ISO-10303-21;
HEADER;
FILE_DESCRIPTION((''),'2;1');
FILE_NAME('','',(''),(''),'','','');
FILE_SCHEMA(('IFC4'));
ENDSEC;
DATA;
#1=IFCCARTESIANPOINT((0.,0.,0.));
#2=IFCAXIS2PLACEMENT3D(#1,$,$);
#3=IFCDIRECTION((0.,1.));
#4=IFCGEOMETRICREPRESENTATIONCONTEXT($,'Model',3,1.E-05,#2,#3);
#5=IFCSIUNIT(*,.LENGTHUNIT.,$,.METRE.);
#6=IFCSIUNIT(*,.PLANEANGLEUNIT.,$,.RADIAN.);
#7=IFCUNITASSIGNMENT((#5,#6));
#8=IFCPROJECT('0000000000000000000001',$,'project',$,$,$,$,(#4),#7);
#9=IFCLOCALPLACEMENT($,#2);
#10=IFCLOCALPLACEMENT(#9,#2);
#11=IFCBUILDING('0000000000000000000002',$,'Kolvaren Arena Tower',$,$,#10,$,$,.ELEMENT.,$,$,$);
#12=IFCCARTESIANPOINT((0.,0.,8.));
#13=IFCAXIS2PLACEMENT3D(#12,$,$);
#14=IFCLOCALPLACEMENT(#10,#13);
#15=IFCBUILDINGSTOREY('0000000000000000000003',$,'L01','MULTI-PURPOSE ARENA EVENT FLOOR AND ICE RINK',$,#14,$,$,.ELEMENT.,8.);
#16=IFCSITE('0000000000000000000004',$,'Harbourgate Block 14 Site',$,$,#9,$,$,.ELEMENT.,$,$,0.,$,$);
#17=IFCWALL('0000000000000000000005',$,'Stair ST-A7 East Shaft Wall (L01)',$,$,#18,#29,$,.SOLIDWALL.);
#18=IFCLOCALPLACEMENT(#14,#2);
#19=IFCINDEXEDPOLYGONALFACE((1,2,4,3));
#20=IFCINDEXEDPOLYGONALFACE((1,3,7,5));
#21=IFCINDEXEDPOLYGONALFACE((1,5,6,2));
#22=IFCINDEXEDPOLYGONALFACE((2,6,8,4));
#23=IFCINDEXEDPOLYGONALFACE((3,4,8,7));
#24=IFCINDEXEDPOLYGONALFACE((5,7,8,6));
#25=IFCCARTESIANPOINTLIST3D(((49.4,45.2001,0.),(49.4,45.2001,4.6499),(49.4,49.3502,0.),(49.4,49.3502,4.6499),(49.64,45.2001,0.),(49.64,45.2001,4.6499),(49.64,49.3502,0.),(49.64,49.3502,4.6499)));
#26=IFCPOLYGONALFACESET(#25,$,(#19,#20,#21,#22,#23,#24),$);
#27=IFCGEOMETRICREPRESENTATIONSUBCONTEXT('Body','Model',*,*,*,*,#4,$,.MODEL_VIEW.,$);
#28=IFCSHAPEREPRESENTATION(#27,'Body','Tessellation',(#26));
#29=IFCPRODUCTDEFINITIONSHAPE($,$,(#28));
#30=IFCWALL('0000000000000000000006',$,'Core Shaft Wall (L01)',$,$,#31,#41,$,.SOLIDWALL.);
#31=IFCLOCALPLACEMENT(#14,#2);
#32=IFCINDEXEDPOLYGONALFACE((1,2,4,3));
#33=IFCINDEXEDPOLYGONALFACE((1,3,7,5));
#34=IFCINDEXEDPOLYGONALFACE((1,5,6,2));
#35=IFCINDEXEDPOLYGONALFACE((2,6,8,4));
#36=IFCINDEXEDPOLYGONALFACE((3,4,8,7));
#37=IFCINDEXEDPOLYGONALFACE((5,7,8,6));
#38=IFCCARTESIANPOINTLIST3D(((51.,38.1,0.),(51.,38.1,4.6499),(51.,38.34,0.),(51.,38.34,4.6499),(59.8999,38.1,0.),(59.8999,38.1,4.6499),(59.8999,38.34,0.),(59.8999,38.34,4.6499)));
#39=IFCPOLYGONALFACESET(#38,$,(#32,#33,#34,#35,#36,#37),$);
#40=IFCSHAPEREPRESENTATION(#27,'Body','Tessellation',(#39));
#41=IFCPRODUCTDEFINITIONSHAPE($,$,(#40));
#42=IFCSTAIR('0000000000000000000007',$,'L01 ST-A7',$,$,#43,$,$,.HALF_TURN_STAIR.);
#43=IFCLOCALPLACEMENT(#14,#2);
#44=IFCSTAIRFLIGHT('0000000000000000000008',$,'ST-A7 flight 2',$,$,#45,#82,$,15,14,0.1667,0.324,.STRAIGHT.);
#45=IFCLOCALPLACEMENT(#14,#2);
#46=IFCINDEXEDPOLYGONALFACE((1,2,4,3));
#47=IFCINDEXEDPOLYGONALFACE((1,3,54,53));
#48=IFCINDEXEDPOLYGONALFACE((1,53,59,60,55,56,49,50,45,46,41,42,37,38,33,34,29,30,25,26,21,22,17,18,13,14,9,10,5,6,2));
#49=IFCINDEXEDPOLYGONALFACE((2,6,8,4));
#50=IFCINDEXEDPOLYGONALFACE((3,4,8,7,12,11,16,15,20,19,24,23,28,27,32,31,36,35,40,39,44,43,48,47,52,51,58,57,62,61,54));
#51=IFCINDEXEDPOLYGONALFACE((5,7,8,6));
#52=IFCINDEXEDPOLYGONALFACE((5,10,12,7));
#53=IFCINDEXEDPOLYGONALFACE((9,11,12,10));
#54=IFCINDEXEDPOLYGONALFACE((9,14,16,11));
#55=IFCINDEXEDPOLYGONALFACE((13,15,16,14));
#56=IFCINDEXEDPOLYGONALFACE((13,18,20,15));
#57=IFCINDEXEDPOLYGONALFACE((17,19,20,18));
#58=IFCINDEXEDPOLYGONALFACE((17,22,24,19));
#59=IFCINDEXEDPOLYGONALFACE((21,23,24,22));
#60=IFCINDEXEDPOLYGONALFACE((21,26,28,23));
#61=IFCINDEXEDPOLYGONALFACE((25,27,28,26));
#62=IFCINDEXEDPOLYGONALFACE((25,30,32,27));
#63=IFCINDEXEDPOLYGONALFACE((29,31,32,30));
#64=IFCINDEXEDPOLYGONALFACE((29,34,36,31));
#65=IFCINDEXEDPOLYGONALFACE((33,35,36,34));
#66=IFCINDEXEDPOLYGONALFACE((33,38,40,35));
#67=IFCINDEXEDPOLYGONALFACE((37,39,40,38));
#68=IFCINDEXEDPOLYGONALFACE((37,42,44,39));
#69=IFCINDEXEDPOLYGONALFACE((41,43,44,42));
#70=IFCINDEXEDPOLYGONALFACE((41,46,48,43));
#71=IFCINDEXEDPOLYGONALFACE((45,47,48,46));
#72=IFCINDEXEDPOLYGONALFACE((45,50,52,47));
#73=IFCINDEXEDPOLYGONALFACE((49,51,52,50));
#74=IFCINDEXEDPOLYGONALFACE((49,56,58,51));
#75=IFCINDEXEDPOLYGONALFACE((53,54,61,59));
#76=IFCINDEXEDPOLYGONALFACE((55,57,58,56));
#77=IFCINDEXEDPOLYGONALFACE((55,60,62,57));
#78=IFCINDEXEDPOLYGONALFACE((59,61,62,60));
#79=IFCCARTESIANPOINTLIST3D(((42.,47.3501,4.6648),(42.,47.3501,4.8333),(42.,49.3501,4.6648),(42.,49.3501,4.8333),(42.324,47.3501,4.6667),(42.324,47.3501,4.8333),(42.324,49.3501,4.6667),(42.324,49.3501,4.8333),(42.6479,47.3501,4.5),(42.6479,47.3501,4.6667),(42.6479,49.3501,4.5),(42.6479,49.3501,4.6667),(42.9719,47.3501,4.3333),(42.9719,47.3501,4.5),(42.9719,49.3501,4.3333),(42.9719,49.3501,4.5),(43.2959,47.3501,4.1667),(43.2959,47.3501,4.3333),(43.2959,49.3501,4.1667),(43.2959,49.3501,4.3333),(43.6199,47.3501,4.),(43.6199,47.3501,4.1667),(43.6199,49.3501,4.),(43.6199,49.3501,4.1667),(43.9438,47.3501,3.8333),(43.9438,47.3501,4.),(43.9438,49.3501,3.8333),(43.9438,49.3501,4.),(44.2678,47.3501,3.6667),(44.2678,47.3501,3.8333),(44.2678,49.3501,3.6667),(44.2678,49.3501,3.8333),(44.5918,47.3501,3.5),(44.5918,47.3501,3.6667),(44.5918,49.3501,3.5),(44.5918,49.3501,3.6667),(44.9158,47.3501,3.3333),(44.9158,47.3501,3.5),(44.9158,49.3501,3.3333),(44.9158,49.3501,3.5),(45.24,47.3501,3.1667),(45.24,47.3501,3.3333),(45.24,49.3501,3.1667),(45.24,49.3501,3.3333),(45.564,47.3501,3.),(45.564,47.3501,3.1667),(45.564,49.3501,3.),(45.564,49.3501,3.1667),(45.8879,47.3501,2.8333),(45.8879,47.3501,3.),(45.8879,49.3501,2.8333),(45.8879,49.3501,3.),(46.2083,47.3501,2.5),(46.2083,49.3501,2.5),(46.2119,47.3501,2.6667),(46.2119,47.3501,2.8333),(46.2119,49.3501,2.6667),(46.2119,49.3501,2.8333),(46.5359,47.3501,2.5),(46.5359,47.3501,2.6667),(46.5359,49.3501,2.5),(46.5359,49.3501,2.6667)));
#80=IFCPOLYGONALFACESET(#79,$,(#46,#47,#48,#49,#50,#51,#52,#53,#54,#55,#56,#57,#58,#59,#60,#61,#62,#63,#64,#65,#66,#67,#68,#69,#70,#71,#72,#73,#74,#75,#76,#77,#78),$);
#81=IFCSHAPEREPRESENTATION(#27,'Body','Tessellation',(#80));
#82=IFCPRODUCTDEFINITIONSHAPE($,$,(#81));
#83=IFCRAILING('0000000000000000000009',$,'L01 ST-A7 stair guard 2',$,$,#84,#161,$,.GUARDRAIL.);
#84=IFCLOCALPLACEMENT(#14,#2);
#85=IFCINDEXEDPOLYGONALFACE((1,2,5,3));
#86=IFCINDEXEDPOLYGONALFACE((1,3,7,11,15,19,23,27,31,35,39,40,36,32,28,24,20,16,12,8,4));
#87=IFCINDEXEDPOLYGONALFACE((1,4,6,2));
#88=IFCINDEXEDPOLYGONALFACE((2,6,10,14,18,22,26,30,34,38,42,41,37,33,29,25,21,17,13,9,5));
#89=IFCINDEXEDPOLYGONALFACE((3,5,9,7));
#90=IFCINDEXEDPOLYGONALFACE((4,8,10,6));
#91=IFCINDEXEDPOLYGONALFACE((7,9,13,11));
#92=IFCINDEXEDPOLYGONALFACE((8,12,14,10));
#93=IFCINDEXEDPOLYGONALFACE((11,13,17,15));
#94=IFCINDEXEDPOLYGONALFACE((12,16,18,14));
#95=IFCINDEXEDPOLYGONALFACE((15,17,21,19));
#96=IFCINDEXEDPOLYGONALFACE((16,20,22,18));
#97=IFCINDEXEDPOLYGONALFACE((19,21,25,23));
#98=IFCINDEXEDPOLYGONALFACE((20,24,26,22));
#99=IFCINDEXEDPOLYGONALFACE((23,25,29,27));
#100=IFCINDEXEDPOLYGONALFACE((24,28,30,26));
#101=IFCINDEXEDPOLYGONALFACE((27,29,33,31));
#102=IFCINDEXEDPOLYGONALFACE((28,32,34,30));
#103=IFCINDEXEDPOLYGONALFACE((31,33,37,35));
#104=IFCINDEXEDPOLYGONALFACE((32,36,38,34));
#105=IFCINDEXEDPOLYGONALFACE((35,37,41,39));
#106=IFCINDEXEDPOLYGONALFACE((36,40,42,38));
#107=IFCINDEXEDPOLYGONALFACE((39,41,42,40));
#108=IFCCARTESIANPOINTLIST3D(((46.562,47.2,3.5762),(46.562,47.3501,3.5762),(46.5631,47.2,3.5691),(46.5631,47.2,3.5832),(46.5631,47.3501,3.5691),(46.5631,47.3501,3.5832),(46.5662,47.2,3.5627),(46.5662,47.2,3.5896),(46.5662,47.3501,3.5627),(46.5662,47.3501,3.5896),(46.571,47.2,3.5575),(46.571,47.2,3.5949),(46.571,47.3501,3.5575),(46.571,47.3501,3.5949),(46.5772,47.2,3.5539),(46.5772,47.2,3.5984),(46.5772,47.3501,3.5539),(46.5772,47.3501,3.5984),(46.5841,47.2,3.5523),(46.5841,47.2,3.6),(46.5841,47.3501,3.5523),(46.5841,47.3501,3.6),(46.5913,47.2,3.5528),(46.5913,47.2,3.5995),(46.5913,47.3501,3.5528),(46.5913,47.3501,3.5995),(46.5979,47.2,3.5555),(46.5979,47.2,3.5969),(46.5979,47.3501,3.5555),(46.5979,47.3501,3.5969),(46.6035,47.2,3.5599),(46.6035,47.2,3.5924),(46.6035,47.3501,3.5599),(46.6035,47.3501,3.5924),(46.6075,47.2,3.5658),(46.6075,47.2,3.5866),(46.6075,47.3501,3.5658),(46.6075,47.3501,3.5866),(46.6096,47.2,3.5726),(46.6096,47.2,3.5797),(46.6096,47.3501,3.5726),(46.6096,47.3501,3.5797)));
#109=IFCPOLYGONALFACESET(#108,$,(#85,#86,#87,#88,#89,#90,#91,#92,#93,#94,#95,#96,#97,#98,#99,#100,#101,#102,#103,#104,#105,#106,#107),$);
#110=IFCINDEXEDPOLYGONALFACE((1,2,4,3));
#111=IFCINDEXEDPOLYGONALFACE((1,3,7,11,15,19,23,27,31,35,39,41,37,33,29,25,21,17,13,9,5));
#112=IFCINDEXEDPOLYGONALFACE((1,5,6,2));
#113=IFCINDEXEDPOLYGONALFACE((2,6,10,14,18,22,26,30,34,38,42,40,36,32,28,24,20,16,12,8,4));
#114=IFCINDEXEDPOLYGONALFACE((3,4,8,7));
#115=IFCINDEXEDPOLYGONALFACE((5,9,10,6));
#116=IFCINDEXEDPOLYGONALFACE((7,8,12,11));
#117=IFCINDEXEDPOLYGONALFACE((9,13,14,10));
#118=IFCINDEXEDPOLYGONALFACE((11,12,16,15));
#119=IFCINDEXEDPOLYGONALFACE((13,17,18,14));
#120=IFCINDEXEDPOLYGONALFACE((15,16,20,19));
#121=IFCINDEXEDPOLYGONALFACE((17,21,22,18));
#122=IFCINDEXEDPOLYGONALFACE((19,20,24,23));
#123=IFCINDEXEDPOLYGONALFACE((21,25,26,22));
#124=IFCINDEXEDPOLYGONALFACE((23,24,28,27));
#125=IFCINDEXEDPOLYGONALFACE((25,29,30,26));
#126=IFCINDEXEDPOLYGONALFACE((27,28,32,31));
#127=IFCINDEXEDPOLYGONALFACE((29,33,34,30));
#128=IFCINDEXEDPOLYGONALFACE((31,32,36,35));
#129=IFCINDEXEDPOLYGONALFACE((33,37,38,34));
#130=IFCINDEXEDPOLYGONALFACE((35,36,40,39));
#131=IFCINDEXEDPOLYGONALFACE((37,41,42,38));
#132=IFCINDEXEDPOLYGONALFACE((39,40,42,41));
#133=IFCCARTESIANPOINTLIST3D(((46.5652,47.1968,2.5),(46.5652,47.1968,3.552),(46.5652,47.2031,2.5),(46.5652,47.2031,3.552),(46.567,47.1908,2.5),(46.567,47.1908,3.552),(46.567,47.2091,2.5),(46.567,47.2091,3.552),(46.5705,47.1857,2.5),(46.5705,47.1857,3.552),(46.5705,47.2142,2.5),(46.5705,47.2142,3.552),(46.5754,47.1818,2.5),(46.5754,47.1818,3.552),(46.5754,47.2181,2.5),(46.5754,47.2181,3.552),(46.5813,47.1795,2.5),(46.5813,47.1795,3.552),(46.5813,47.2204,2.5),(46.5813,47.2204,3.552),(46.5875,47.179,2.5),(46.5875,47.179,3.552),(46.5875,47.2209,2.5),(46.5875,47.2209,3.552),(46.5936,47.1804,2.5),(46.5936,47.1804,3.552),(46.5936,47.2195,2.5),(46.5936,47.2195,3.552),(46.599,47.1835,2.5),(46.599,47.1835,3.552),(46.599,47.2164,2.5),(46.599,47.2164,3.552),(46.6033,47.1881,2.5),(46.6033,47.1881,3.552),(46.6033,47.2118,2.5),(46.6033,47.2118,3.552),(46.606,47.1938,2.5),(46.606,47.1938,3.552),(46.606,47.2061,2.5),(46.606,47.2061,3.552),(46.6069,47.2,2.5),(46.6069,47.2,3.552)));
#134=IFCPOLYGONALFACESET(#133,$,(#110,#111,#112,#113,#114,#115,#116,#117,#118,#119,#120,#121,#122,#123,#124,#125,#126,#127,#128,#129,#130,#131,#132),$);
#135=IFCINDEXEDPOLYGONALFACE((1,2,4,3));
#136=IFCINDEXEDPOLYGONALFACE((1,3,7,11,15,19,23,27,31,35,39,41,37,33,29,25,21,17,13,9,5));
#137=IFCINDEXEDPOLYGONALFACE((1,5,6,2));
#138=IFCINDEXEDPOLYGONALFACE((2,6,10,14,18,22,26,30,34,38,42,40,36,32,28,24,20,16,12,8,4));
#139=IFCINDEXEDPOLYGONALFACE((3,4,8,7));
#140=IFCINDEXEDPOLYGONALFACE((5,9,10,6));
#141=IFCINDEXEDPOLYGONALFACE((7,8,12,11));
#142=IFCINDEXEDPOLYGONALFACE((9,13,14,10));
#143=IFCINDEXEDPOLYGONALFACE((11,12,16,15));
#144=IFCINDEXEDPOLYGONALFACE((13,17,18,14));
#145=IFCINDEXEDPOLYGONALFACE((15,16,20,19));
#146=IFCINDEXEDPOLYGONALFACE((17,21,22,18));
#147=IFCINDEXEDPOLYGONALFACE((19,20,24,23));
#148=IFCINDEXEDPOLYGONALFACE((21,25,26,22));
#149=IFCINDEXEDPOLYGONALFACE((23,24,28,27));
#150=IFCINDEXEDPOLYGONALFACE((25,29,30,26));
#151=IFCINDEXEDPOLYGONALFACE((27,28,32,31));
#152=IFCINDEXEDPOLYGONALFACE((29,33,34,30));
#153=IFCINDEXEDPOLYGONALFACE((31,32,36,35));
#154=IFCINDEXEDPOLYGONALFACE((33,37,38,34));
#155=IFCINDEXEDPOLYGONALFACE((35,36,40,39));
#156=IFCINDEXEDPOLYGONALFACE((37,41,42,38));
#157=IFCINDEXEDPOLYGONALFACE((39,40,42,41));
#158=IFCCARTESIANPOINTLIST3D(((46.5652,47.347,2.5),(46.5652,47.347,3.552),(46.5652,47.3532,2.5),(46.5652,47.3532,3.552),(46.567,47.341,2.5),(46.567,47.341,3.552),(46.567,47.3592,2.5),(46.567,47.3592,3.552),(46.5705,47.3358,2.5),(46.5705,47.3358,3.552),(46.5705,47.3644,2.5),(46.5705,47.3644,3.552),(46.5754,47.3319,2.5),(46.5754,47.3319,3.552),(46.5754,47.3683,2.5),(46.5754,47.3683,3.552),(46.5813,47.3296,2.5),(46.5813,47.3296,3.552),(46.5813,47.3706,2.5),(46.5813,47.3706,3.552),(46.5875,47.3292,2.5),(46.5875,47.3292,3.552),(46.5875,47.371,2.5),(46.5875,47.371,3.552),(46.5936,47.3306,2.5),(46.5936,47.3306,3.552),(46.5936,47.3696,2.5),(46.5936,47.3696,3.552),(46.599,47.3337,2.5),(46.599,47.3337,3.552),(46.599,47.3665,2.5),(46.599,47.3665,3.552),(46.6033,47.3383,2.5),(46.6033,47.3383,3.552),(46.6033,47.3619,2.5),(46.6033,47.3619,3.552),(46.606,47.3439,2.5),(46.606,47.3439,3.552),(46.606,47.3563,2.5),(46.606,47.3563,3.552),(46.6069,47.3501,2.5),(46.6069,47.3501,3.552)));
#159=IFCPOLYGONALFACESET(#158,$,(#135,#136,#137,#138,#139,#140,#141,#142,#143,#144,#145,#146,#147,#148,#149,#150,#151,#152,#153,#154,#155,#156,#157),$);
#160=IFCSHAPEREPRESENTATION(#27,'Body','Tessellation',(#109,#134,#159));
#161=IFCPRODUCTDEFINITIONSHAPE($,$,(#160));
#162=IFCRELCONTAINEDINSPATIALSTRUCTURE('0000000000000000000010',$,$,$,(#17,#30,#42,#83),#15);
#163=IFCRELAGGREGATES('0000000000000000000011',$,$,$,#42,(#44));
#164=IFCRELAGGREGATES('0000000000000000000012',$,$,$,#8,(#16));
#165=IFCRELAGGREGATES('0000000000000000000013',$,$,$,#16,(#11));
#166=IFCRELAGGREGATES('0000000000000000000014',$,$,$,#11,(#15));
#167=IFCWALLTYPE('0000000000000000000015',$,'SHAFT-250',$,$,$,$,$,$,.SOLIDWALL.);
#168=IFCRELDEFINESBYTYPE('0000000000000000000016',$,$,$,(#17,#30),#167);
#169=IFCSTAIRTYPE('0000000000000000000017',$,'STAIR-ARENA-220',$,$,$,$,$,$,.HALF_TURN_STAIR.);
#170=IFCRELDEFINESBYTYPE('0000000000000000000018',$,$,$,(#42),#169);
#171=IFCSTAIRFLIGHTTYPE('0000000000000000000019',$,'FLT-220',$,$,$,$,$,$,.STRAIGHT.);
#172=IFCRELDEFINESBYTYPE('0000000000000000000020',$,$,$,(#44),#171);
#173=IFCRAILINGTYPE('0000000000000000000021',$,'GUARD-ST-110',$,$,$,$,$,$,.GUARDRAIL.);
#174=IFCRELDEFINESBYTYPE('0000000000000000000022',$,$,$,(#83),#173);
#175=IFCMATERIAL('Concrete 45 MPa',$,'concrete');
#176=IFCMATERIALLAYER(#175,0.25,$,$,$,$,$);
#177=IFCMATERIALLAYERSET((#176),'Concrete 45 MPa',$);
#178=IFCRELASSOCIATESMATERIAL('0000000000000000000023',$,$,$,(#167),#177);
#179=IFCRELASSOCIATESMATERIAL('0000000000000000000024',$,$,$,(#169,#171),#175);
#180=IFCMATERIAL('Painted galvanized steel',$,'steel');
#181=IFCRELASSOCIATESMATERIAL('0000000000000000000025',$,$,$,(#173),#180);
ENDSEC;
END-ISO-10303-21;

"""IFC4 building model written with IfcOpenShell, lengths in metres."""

from ifc_helpers import new_model, si_unit, direction, frame, frame_2d, origin, origin_2d, place, context, subcontext, project, spatial, polyline, rectangle, circle, outline, extrude, material, layer, layer_set, type_object, element, aggregate, save


model = new_model("IFC4")

# Units and contexts
model_context = context("Model", 3, precision=1e-05, world=origin(), true_north=direction((0.0, 1.0)))
body_context = subcontext(model_context, "Body", "Model", "MODEL_VIEW")
ifc_project = project(units=[si_unit("LENGTHUNIT", "METRE"), si_unit("PLANEANGLEUNIT", "RADIAN")], contexts=[model_context])

# Site, building, storey
site_placement = place(None, origin())
site = spatial("IfcSite", under=ifc_project, at=site_placement, Name="Harbourgate Block 14 Site", CompositionType="ELEMENT", RefElevation=0.0)
building_placement = place(site_placement, origin())
building = spatial("IfcBuilding", under=site, at=building_placement, Name="Kolvaren Arena Tower", CompositionType="ELEMENT")
storey_placement = place(building_placement, frame((0.0, 0.0, 8.0)))
storey = spatial("IfcBuildingStorey", under=building, at=storey_placement, Name="L01", Description="MULTI-PURPOSE ARENA EVENT FLOOR AND ICE RINK", CompositionType="ELEMENT", Elevation=8.0)

# Shared definitions
ifc_material_1 = material(Name="Concrete 45 MPa", Category="concrete")
ifc_layer_1 = layer(ifc_material_1, 0.25)
ifc_layer_set_1 = layer_set([ifc_layer_1], Name="Concrete 45 MPa")
wall_type_1 = type_object("IfcWallType", Name="SHAFT-250", PredefinedType="SOLIDWALL", material=ifc_layer_set_1)

# Walls
wall_1_placement = place(storey_placement, frame((49.52, 45.2, 0.0), z_axis=(0.0, 0.0, 1.0), x_axis=(0.0, 1.0, 0.0)))
element("IfcWall", 1, at=wall_1_placement, inside=storey, type_object=wall_type_1, Name="Stair ST-A7 East Shaft Wall (L01)", PredefinedType="SOLIDWALL", context=body_context, shape_type="SweptSolid", body=[
    extrude(rectangle(XDim=4.1501, YDim=0.24, at=frame_2d((2.0752, 0.0))), origin(), (0.0, 0.0, 1.0), 4.6499),
])
wall_2_placement = place(storey_placement, frame((51.0, 38.22, 0.0), z_axis=(0.0, 0.0, 1.0), x_axis=(1.0, 0.0, 0.0)))
element("IfcWall", 2, at=wall_2_placement, inside=storey, type_object=wall_type_1, Name="Core Shaft Wall (L01)", PredefinedType="SOLIDWALL", context=body_context, shape_type="SweptSolid", body=[
    extrude(rectangle(XDim=8.8999, YDim=0.24, at=frame_2d((4.45, 0.0))), origin(), (0.0, 0.0, 1.0), 4.6499),
])

# Stair, stair flight
stair_type = type_object("IfcStairType", Name="STAIR-ARENA-220", PredefinedType="HALF_TURN_STAIR", material=ifc_material_1)
stair_placement = place(storey_placement, origin())
stair = element("IfcStair", 3, at=stair_placement, inside=storey, type_object=stair_type, Name="L01 ST-A7", PredefinedType="HALF_TURN_STAIR")
stair_flight_type = type_object("IfcStairFlightType", Name="FLT-220", PredefinedType="STRAIGHT", material=ifc_material_1)
stair_flight_placement = place(storey_placement, frame((46.5359, 48.3501, 2.5), z_axis=(0.0, 0.0, 1.0), x_axis=(-1.0, 0.0, 0.0)))
stair_flight = element("IfcStairFlight", 4, at=stair_flight_placement, type_object=stair_flight_type, Name="ST-A7 flight 2", NumberOfRisers=15, NumberOfTreads=14, PredefinedType="STRAIGHT", RiserHeight=0.1667, TreadLength=0.324, context=body_context, shape_type="SweptSolid", body=[
    extrude(outline(polyline([(0.0, 0.0), (0.0, 0.1667), (0.324, 0.1667), (0.324, 0.3333), (0.6479, 0.3333), (0.6479, 0.5), (0.9719, 0.5), (0.9719, 0.6667), (1.2959, 0.6667), (1.2959, 0.8333), (1.6201, 0.8333), (1.6201, 1.0), (1.9441, 1.0), (1.9441, 1.1667), (2.2681, 1.1667), (2.2681, 1.3333), (2.592, 1.3333), (2.592, 1.5), (2.916, 1.5), (2.916, 1.6667), (3.24, 1.6667), (3.24, 1.8333), (3.564, 1.8333), (3.564, 2.0), (3.8879, 2.0), (3.8879, 2.1667), (4.2119, 2.1667), (4.2119, 2.3333), (4.5359, 2.3333), (4.5359, 2.5), (4.5359, 2.1648), (0.3276, 0.0), (0.0, 0.0)])), frame((0.0, 1.0, 0.0), z_axis=(0.0, -1.0, 0.0), x_axis=(1.0, 0.0, 0.0)), (0.0, 0.0, 1.0), 2.0),
])
aggregate(stair, [stair_flight])

# Railing
ifc_material_2 = material(Name="Painted galvanized steel", Category="steel")
railing_type_1 = type_object("IfcRailingType", Name="GUARD-ST-110", PredefinedType="GUARDRAIL", material=ifc_material_2)
railing_1_placement = place(storey_placement, frame((46.5859, 47.2, 2.5)))
element("IfcRailing", 5, at=railing_1_placement, inside=storey, type_object=railing_type_1, Name="L01 ST-A7 stair guard 2", PredefinedType="GUARDRAIL", context=body_context, shape_type="SweptSolid", body=[
    extrude(circle(Radius=0.0239, at=origin_2d()), frame((0.0, 0.0, 1.0762), z_axis=(0.0, 1.0, 0.0), x_axis=(-1.0, 0.0, 0.0)), (0.0, 0.0, 1.0), 0.1501),
    extrude(circle(Radius=0.021, at=origin_2d()), origin(), (0.0, 0.0, 1.0), 1.052),
    extrude(circle(Radius=0.021, at=origin_2d()), frame((0.0, 0.1501, 0.0)), (0.0, 0.0, 1.0), 1.052),
])

save(model, "model.ifc")
